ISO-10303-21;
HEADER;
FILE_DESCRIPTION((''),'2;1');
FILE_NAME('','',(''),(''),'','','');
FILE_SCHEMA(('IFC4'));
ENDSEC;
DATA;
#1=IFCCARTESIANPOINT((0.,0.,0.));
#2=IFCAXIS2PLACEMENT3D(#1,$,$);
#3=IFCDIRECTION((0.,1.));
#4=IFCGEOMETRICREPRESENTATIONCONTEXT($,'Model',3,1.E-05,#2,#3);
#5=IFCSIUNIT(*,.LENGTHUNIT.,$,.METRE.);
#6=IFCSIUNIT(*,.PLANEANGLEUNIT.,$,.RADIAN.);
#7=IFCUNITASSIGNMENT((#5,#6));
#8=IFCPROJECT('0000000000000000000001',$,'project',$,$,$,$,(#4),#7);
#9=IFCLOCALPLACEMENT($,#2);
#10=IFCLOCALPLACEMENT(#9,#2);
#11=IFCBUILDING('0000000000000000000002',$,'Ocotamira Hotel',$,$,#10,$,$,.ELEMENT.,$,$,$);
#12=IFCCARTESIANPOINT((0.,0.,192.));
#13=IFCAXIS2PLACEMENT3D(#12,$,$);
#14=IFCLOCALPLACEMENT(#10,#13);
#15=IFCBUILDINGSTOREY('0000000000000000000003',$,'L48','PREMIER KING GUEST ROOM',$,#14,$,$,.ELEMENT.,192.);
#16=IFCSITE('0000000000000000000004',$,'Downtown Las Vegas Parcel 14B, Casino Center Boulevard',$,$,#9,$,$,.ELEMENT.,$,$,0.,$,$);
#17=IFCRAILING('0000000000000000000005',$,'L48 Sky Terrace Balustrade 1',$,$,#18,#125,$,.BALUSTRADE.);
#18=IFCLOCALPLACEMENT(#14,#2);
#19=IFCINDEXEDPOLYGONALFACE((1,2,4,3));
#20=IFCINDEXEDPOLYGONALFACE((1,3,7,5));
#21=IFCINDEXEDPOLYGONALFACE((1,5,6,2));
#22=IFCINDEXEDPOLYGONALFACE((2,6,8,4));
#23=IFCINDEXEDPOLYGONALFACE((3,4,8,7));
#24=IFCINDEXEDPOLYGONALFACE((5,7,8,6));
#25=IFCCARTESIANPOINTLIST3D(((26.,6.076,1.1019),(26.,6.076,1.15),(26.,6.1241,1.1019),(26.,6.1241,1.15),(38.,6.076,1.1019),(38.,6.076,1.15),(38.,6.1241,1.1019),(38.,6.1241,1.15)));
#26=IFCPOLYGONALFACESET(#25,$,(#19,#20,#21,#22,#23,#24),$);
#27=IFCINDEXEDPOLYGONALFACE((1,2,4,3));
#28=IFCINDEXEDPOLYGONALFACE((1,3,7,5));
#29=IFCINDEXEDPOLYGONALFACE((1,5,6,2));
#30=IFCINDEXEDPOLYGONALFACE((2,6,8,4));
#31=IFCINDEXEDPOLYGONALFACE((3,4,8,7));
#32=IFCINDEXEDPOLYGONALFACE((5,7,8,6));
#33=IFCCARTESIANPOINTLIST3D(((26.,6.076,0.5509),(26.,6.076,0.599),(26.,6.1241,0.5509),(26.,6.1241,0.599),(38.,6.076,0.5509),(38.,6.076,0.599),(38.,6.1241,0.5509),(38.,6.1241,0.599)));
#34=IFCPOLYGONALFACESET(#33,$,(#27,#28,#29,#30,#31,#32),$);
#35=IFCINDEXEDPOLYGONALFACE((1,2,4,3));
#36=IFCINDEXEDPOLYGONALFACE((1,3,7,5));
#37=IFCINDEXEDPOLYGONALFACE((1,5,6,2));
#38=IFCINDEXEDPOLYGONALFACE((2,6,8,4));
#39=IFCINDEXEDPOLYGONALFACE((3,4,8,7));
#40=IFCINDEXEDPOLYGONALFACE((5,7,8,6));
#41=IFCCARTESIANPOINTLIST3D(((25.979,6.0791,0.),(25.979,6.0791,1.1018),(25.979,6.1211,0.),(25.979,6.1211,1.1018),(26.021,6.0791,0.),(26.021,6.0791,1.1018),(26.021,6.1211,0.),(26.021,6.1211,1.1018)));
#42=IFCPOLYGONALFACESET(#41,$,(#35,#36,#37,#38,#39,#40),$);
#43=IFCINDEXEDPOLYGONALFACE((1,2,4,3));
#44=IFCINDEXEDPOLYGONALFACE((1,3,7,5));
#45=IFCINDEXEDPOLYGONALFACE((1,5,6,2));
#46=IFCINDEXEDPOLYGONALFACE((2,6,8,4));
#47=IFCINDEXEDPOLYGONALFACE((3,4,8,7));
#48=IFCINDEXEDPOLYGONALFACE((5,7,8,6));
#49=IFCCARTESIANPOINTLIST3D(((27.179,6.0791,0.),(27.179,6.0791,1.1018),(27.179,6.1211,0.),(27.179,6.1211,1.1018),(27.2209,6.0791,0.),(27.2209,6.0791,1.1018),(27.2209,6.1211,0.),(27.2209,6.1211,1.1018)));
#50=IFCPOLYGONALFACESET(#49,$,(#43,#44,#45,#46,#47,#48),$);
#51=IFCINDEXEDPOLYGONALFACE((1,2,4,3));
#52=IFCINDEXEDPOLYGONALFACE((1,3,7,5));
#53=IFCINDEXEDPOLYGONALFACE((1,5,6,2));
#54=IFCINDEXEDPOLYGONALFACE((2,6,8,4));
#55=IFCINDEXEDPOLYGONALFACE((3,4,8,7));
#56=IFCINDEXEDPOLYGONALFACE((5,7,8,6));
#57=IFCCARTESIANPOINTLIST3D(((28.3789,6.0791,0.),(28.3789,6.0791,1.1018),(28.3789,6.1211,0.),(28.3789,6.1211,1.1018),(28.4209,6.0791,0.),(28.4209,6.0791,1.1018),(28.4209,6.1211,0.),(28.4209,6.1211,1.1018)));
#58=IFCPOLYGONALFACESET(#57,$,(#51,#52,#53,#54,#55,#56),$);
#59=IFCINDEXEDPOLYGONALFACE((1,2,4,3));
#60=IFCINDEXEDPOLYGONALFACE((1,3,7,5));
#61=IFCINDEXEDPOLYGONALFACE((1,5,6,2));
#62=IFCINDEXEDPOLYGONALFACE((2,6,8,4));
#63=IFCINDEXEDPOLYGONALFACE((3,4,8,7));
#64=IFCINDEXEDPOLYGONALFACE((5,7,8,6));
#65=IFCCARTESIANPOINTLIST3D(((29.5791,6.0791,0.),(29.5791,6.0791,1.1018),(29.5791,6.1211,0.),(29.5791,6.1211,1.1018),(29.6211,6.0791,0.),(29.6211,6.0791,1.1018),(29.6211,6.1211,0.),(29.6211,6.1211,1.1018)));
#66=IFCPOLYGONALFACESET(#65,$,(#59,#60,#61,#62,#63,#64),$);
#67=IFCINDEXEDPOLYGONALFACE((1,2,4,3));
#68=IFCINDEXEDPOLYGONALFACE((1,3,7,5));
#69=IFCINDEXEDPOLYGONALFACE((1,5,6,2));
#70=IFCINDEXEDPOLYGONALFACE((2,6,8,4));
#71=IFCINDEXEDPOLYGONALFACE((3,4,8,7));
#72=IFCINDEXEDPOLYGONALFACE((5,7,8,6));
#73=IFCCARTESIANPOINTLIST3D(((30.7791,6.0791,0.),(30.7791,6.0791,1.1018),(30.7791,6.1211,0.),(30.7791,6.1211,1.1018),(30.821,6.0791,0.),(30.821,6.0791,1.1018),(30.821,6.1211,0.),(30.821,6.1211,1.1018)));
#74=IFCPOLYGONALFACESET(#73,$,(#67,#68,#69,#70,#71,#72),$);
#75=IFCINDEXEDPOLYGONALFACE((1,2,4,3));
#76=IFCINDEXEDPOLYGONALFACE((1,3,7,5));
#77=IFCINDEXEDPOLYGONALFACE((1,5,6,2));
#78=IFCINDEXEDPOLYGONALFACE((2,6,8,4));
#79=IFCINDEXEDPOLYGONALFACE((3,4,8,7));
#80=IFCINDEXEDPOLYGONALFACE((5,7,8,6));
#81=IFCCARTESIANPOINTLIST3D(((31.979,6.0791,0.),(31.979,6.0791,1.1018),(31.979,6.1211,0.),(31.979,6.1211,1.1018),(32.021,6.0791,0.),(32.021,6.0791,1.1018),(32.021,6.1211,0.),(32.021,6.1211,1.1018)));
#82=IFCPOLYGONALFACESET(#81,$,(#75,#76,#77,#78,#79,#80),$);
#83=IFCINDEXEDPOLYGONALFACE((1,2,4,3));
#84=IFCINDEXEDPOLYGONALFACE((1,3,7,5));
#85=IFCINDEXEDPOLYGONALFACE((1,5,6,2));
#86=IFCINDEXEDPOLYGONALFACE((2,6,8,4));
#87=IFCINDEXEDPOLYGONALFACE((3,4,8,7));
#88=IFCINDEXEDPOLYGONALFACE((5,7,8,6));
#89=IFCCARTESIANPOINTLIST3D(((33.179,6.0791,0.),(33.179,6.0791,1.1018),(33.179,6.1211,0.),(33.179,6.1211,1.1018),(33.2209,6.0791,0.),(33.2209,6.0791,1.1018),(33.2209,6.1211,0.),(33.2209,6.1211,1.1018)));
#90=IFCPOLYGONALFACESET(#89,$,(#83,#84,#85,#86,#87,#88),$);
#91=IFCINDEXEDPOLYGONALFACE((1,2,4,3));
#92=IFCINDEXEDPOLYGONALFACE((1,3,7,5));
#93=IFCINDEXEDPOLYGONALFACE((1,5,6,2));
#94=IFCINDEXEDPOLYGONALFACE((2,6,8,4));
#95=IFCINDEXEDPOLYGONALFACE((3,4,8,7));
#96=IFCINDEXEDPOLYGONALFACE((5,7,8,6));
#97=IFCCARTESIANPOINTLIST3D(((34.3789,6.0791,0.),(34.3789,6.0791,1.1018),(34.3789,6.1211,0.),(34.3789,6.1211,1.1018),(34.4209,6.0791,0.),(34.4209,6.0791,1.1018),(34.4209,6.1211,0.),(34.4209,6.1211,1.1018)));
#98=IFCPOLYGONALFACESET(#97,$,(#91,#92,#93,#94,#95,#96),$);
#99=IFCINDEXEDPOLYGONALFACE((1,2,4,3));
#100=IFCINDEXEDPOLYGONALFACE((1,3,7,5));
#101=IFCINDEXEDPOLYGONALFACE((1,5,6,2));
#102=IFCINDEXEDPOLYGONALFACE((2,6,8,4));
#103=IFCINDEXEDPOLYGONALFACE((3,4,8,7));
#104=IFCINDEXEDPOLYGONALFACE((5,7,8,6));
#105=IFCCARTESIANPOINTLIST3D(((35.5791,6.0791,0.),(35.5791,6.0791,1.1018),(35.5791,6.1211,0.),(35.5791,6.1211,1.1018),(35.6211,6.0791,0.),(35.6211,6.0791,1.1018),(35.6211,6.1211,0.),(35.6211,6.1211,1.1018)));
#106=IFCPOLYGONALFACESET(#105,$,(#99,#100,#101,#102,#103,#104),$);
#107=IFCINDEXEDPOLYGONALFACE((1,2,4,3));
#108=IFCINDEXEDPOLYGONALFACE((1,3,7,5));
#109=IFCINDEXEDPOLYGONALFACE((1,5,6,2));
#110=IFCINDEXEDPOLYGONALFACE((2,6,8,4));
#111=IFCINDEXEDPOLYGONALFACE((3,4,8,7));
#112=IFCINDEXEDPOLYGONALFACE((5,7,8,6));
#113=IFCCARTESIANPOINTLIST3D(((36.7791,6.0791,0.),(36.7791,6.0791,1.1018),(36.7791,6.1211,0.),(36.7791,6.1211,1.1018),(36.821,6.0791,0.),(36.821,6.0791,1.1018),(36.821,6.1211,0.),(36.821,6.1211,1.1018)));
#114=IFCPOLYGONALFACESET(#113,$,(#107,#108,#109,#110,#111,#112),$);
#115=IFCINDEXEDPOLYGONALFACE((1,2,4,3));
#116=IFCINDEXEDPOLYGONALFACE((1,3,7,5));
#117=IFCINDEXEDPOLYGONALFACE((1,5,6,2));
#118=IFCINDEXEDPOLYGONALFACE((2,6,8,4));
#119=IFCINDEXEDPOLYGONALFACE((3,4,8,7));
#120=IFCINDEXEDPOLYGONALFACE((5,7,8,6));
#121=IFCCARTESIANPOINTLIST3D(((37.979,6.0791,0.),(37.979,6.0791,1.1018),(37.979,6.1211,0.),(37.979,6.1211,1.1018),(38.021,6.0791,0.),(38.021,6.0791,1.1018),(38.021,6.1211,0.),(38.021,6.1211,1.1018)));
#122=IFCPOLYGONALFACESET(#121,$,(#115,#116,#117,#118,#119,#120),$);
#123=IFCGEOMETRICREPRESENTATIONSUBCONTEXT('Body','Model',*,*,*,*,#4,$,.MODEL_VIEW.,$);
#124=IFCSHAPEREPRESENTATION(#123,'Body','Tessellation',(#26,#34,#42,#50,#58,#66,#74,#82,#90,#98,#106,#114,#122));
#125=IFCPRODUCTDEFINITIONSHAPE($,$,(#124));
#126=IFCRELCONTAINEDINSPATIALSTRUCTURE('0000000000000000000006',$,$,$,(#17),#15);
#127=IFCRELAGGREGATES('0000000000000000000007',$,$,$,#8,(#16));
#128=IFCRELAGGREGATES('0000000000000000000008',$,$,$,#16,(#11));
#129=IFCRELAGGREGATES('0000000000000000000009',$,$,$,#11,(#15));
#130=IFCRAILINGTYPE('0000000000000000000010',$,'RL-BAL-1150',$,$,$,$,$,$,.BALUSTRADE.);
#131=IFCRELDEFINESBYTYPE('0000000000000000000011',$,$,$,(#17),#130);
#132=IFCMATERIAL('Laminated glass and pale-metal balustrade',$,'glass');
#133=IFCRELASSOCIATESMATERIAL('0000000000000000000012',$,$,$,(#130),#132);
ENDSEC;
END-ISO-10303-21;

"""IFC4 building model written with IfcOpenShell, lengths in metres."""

from ifc_helpers import new_model, si_unit, direction, frame, origin, origin_2d, place, context, subcontext, project, spatial, rectangle, extrude, material, type_object, element, save


model = new_model("IFC4")

# Units and contexts
model_context = context("Model", 3, precision=1e-05, world=origin(), true_north=direction((0.0, 1.0)))
body_context = subcontext(model_context, "Body", "Model", "MODEL_VIEW")
ifc_project = project(units=[si_unit("LENGTHUNIT", "METRE"), si_unit("PLANEANGLEUNIT", "RADIAN")], contexts=[model_context])

# Site, building, storey
site_placement = place(None, origin())
site = spatial("IfcSite", under=ifc_project, at=site_placement, Name="Downtown Las Vegas Parcel 14B, Casino Center Boulevard", CompositionType="ELEMENT", RefElevation=0.0)
building_placement = place(site_placement, origin())
building = spatial("IfcBuilding", under=site, at=building_placement, Name="Ocotamira Hotel", CompositionType="ELEMENT")
storey_placement = place(building_placement, frame((0.0, 0.0, 192.0)))
storey = spatial("IfcBuildingStorey", under=building, at=storey_placement, Name="L48", Description="PREMIER KING GUEST ROOM", CompositionType="ELEMENT", Elevation=192.0)

# Railing
ifc_material_1 = material(Name="Laminated glass and pale-metal balustrade", Category="glass")
railing_type = type_object("IfcRailingType", Name="RL-BAL-1150", PredefinedType="BALUSTRADE", material=ifc_material_1)
railing_placement = place(storey_placement, frame((26.0, 6.1001, 0.0)))
element("IfcRailing", 1, at=railing_placement, inside=storey, type_object=railing_type, Name="L48 Sky Terrace Balustrade 1", PredefinedType="BALUSTRADE", context=body_context, shape_type="SweptSolid", body=[
    extrude(rectangle(XDim=0.0481, YDim=0.0481, at=origin_2d()), frame((0.0, 0.0, 1.126), z_axis=(1.0, 0.0, 0.0), x_axis=(0.0, 1.0, 0.0)), (0.0, 0.0, 1.0), 12.0),
    extrude(rectangle(XDim=0.0481, YDim=0.0481, at=origin_2d()), frame((0.0, 0.0, 0.575), z_axis=(1.0, 0.0, 0.0), x_axis=(0.0, 1.0, 0.0)), (0.0, 0.0, 1.0), 12.0),
    extrude(rectangle(XDim=0.042, YDim=0.042, at=origin_2d()), origin(), (0.0, 0.0, 1.0), 1.1018),
    extrude(rectangle(XDim=0.042, YDim=0.042, at=origin_2d()), frame((1.2, 0.0, 0.0)), (0.0, 0.0, 1.0), 1.1018),
    extrude(rectangle(XDim=0.042, YDim=0.042, at=origin_2d()), frame((2.3999, 0.0, 0.0)), (0.0, 0.0, 1.0), 1.1018),
    extrude(rectangle(XDim=0.042, YDim=0.042, at=origin_2d()), frame((3.6001, 0.0, 0.0)), (0.0, 0.0, 1.0), 1.1018),
    extrude(rectangle(XDim=0.042, YDim=0.042, at=origin_2d()), frame((4.8, 0.0, 0.0)), (0.0, 0.0, 1.0), 1.1018),
    extrude(rectangle(XDim=0.042, YDim=0.042, at=origin_2d()), frame((6.0, 0.0, 0.0)), (0.0, 0.0, 1.0), 1.1018),
    extrude(rectangle(XDim=0.042, YDim=0.042, at=origin_2d()), frame((7.2, 0.0, 0.0)), (0.0, 0.0, 1.0), 1.1018),
    extrude(rectangle(XDim=0.042, YDim=0.042, at=origin_2d()), frame((8.3999, 0.0, 0.0)), (0.0, 0.0, 1.0), 1.1018),
    extrude(rectangle(XDim=0.042, YDim=0.042, at=origin_2d()), frame((9.6001, 0.0, 0.0)), (0.0, 0.0, 1.0), 1.1018),
    extrude(rectangle(XDim=0.042, YDim=0.042, at=origin_2d()), frame((10.8, 0.0, 0.0)), (0.0, 0.0, 1.0), 1.1018),
    extrude(rectangle(XDim=0.042, YDim=0.042, at=origin_2d()), frame((12.0, 0.0, 0.0)), (0.0, 0.0, 1.0), 1.1018),
])

save(model, "model.ifc")
